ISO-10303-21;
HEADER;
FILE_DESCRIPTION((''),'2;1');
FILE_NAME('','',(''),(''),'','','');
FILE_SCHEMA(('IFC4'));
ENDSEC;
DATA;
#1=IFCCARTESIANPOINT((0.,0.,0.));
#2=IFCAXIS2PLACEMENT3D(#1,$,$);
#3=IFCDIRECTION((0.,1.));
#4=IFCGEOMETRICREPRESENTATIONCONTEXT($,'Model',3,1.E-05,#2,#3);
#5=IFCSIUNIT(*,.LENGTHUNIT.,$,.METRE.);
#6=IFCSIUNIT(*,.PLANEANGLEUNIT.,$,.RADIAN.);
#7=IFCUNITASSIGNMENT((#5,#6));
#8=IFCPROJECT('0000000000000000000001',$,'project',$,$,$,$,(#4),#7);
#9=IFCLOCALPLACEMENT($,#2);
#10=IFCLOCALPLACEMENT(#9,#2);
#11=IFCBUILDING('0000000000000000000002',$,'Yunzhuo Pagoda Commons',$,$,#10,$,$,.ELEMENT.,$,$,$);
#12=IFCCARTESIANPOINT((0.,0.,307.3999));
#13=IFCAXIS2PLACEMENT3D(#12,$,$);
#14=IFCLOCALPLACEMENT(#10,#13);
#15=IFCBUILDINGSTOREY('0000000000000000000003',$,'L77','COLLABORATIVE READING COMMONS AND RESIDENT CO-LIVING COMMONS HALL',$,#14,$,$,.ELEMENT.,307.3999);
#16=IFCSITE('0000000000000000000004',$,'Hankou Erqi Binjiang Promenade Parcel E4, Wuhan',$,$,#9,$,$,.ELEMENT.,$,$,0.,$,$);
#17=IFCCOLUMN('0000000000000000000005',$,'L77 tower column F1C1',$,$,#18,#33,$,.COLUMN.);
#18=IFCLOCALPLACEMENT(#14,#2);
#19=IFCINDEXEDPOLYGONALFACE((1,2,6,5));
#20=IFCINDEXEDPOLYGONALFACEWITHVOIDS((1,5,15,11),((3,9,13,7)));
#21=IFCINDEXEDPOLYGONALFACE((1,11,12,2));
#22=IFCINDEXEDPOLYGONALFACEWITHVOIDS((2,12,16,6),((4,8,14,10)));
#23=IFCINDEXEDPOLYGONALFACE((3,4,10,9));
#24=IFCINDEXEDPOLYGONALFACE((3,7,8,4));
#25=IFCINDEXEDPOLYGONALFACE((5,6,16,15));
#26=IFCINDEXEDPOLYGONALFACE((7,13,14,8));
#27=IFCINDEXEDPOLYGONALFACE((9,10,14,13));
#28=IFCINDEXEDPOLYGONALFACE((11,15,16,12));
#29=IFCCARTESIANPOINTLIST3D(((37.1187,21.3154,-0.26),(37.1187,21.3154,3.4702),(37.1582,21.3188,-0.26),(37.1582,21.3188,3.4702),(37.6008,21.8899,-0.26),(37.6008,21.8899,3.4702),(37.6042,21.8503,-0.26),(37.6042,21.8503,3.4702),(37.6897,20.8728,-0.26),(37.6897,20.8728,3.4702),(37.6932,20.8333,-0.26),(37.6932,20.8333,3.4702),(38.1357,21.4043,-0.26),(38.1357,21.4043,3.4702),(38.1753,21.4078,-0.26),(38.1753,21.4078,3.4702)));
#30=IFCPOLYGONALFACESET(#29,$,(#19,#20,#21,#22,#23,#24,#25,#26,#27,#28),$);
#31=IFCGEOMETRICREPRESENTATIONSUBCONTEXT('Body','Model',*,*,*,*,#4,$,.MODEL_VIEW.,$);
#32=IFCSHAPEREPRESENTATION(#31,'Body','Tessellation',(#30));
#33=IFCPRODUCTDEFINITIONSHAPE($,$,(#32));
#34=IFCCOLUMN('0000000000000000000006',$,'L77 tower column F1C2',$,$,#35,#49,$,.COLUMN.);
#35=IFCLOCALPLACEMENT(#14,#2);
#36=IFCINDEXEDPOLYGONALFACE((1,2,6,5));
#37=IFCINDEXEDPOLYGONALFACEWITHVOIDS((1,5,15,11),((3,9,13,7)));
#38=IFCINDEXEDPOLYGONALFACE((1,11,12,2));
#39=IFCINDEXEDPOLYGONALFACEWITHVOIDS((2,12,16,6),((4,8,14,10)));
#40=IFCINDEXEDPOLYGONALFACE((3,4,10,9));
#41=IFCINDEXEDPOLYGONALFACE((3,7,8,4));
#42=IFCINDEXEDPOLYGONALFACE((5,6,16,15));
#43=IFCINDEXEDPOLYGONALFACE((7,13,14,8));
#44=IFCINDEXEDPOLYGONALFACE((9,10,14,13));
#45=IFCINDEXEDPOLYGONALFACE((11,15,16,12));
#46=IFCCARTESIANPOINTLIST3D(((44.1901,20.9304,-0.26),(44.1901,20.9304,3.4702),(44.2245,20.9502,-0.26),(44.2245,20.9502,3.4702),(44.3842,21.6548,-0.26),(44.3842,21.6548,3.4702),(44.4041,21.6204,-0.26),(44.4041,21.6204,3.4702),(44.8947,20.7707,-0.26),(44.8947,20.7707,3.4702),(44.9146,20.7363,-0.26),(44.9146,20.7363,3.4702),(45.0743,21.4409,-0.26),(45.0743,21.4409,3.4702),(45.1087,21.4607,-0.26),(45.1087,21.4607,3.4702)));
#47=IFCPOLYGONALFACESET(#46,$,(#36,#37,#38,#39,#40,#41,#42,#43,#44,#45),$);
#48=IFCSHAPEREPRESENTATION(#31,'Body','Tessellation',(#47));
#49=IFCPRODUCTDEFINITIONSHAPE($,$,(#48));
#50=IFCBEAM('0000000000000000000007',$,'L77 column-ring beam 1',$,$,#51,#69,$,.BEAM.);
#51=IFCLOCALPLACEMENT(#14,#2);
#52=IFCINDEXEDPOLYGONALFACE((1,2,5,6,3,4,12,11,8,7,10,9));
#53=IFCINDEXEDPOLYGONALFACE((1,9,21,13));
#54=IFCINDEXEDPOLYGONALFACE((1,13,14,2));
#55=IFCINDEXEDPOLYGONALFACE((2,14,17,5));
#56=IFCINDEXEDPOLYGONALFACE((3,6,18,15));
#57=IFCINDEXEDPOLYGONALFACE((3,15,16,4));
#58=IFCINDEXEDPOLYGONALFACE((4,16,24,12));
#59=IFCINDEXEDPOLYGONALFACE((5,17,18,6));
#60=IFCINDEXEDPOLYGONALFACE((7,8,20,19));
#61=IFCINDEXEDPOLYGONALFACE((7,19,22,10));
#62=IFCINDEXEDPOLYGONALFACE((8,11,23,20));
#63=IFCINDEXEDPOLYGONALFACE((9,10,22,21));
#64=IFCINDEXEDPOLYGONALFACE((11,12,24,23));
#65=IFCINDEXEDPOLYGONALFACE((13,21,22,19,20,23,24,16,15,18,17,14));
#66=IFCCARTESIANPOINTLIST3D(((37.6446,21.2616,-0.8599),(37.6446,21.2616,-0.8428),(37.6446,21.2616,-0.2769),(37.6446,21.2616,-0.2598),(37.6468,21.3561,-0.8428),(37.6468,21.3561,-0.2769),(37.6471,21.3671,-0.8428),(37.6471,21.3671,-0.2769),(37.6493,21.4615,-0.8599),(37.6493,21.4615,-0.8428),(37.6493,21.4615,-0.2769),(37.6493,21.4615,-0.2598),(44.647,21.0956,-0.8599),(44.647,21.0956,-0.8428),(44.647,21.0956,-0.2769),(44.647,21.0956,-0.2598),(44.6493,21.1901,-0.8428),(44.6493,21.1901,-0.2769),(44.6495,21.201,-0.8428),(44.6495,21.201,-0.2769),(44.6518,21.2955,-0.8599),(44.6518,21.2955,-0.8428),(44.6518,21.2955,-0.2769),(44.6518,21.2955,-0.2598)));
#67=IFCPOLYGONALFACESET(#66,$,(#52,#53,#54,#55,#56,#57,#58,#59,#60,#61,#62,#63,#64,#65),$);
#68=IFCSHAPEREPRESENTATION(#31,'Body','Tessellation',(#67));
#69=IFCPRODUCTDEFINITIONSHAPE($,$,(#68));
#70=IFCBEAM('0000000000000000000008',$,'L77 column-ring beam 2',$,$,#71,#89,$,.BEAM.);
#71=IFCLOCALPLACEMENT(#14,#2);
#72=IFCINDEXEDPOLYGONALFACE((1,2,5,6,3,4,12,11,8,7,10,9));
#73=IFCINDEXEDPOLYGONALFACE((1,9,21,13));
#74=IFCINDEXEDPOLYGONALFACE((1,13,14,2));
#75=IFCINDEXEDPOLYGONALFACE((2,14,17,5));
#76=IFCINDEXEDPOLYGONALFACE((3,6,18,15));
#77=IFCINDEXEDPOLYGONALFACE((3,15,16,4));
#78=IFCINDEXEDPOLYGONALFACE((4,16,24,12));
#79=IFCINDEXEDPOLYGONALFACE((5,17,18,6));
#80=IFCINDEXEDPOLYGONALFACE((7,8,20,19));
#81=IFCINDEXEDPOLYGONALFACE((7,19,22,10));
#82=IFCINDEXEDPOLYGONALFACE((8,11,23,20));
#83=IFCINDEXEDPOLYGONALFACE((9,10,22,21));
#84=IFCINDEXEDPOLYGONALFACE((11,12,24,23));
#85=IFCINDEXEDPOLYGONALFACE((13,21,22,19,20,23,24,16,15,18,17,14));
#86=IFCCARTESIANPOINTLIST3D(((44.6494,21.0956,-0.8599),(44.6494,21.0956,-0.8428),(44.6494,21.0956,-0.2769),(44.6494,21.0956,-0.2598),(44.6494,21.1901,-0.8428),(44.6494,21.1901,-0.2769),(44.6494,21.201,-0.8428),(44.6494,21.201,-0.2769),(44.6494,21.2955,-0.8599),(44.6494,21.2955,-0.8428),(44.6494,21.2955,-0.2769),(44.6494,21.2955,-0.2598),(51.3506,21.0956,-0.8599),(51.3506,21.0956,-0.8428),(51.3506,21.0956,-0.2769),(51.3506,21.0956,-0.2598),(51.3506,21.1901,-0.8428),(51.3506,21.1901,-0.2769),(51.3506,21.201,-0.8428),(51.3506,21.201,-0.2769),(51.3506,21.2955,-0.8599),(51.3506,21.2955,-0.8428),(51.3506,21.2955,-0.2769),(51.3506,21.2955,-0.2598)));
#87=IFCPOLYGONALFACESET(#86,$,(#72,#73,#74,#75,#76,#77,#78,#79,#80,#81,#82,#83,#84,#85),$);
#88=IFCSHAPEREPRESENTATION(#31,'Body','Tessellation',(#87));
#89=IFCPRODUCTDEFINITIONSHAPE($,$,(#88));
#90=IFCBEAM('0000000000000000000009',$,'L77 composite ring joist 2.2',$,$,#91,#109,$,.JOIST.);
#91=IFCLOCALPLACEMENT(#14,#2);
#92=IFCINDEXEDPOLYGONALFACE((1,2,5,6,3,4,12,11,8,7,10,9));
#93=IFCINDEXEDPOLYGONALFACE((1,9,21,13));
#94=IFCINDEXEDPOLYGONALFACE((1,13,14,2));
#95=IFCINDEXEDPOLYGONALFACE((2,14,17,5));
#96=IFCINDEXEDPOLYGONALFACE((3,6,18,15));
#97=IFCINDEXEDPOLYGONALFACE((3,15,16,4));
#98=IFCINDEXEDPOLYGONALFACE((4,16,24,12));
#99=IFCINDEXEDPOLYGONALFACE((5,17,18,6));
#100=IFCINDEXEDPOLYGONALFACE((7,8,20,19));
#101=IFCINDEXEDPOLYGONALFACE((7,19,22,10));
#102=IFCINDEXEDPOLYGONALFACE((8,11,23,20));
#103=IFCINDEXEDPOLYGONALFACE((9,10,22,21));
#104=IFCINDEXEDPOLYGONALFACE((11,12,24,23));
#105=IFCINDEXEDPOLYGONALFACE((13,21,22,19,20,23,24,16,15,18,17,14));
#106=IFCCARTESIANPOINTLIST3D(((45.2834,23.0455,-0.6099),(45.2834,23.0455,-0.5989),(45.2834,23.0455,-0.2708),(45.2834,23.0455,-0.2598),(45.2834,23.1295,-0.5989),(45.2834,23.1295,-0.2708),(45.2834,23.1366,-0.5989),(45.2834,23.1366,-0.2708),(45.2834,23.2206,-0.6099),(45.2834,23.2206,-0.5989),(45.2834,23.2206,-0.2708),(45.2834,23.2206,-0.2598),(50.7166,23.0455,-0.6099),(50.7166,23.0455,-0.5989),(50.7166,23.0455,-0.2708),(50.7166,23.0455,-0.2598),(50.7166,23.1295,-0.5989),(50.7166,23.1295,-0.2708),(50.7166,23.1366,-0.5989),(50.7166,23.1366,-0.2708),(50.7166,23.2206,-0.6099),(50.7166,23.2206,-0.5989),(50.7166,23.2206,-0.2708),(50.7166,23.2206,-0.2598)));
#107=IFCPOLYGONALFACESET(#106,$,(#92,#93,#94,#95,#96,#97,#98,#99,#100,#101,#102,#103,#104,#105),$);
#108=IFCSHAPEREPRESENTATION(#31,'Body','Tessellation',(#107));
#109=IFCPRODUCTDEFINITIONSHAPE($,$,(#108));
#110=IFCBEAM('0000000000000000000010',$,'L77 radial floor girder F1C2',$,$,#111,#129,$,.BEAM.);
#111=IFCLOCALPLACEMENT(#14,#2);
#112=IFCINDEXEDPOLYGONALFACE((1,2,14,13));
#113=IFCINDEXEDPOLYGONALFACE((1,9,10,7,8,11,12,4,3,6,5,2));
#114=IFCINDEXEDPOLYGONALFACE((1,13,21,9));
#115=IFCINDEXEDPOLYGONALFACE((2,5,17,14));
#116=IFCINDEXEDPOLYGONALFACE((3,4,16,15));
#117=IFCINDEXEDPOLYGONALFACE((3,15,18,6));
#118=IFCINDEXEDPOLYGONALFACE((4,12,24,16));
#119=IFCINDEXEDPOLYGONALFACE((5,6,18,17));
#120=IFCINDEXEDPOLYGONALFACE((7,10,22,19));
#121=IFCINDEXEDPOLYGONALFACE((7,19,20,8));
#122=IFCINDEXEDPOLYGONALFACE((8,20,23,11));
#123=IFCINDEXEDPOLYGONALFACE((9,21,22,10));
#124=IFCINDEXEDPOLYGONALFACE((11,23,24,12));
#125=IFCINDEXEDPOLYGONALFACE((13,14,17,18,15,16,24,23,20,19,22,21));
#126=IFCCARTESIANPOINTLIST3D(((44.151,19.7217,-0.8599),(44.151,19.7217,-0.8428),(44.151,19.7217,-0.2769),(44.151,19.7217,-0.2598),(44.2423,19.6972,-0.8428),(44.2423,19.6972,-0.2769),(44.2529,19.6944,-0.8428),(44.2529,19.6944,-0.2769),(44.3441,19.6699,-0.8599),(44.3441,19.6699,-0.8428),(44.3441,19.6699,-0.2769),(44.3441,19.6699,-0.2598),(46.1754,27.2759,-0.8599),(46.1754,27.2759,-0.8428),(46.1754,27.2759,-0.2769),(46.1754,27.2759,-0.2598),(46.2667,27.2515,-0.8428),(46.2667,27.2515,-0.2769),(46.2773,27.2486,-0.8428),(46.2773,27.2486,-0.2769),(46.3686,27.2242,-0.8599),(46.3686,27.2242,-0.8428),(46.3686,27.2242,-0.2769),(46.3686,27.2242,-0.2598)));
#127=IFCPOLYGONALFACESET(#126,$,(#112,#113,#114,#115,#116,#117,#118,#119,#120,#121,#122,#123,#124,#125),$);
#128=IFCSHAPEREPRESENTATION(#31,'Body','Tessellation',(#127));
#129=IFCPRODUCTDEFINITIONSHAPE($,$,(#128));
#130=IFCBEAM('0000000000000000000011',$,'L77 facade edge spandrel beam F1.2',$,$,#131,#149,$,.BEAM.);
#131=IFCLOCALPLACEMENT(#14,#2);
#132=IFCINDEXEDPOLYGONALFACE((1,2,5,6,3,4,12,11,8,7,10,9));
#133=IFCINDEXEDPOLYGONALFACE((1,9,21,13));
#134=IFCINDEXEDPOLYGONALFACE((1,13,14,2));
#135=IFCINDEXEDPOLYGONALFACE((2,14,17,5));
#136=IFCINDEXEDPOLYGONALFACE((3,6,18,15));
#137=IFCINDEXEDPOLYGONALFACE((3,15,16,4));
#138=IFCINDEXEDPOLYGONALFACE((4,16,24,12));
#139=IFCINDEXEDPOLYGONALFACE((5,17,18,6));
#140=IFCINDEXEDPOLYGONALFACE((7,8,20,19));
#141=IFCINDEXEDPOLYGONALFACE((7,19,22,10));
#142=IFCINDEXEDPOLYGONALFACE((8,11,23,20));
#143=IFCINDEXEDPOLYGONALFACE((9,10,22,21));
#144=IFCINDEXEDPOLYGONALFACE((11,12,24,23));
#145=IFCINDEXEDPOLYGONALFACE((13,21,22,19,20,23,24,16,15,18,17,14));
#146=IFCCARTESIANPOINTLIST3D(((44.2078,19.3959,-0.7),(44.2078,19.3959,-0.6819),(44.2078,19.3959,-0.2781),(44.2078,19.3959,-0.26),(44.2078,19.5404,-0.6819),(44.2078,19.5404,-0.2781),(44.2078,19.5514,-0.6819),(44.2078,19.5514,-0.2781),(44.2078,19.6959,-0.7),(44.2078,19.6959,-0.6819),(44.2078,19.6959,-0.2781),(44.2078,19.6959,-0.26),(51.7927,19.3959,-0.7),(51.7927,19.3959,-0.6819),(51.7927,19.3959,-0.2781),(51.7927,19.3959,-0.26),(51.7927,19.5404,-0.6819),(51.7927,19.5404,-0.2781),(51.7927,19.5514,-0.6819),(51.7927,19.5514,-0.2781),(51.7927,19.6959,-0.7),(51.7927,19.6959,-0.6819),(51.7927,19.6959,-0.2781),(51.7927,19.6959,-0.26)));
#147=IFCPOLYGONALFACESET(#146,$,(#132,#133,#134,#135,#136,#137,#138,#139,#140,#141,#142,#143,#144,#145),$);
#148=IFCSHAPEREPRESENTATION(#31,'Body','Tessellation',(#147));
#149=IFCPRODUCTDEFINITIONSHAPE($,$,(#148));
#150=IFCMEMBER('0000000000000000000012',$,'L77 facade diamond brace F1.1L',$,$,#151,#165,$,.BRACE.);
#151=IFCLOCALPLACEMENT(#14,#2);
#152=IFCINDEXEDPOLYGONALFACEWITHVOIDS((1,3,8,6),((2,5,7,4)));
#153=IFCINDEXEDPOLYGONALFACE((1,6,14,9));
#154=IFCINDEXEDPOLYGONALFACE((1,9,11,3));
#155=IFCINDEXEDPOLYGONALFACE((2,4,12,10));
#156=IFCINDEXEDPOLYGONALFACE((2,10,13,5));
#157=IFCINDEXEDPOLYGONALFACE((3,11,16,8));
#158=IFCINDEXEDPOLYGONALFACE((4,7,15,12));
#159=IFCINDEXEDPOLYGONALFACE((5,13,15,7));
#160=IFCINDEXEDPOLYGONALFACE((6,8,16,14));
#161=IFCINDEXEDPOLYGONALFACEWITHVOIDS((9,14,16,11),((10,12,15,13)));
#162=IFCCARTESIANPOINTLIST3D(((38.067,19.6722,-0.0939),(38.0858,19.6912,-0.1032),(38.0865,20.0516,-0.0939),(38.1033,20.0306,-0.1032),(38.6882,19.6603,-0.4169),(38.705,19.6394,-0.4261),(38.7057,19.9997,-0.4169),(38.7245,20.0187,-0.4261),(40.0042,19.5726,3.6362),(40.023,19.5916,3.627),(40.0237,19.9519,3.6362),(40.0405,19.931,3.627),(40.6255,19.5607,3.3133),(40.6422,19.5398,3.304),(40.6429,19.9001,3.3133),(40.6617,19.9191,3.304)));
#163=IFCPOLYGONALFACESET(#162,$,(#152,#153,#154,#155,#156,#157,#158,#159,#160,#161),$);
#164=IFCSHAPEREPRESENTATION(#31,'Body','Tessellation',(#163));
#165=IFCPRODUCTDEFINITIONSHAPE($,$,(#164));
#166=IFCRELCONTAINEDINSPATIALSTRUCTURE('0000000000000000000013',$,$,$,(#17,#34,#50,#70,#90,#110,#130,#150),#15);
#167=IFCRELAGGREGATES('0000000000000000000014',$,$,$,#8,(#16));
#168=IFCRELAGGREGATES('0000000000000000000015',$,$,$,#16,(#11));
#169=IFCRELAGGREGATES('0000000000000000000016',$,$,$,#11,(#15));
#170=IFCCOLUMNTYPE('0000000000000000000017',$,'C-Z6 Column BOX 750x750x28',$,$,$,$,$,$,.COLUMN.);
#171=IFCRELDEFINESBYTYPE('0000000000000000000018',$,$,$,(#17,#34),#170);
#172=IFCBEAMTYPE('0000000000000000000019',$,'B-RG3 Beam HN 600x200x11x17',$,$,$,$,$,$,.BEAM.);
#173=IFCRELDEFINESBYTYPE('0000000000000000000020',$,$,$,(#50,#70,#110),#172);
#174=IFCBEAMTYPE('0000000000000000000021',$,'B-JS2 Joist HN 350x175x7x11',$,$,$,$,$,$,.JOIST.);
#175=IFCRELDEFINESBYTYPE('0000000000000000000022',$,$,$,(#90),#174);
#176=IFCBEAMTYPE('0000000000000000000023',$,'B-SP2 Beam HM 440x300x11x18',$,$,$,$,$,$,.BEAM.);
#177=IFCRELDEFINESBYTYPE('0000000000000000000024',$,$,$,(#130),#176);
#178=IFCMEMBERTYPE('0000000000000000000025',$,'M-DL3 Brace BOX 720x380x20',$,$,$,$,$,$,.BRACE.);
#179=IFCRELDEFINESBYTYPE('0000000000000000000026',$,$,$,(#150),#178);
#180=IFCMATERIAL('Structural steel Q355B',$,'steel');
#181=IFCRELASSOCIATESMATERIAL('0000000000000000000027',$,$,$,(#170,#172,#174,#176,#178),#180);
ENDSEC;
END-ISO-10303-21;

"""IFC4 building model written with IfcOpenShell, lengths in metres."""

from ifc_helpers import new_model, si_unit, direction, frame, origin, origin_2d, place, context, subcontext, project, spatial, hollow_rectangle, i_section, extrude, source, transform, mapped, material, material_profile, profile_set, type_object, element, save


model = new_model("IFC4")

# Units and contexts
model_context = context("Model", 3, precision=1e-05, world=origin(), true_north=direction((0.0, 1.0)))
body_context = subcontext(model_context, "Body", "Model", "MODEL_VIEW")
ifc_project = project(units=[si_unit("LENGTHUNIT", "METRE"), si_unit("PLANEANGLEUNIT", "RADIAN")], contexts=[model_context])

# Site, building, storey
site_placement = place(None, origin())
site = spatial("IfcSite", under=ifc_project, at=site_placement, Name="Hankou Erqi Binjiang Promenade Parcel E4, Wuhan", CompositionType="ELEMENT", RefElevation=0.0)
building_placement = place(site_placement, origin())
building = spatial("IfcBuilding", under=site, at=building_placement, Name="Yunzhuo Pagoda Commons", CompositionType="ELEMENT")
storey_placement = place(building_placement, frame((0.0, 0.0, 307.3999)))
storey = spatial("IfcBuildingStorey", under=building, at=storey_placement, Name="L77", Description="COLLABORATIVE READING COMMONS AND RESIDENT CO-LIVING COMMONS HALL", CompositionType="ELEMENT", Elevation=307.3999)

# Columns
ifc_material_1 = material(Name="Structural steel Q355B", Category="steel")
ifc_material_profile_1 = material_profile(ifc_material_1, hollow_rectangle(XDim=0.75, YDim=0.75, WallThickness=0.0281, at=origin_2d()), Name="Structural steel Q355B")
ifc_profile_set_1 = profile_set([ifc_material_profile_1], Name="Structural steel Q355B")
column_type = type_object("IfcColumnType", Name="C-Z6 Column BOX 750x750x28", PredefinedType="COLUMN", material=ifc_profile_set_1)
shared_shape_1 = source(origin(), body_context, "Body", "SweptSolid", [
    extrude(hollow_rectangle(XDim=0.75, YDim=0.75, WallThickness=0.0281, at=origin_2d()), origin(), (0.0, 0.0, 1.0), 3.7302),
])
for number, where, z_axis, x_axis, name in (
    (1, (37.647, 21.3616, -0.26), (0.0, 0.0, 1.0), (0.766044, -0.642788, 0.0), "L77 tower column F1C1"),
    (2, (44.6494, 21.1956, -0.26), (0.0, 0.0, 1.0), (0.965926, -0.258819, 0.0), "L77 tower column F1C2"),
):
    element("IfcColumn", number, at=place(storey_placement, frame(where, z_axis=z_axis, x_axis=x_axis)), inside=storey, type_object=column_type, Name=name, PredefinedType="COLUMN", context=body_context, shape_type="MappedRepresentation", body=[
        mapped(shared_shape_1, transform((0.0, 0.0, 0.0), scale=1.0)),
    ])

# Beams
ifc_material_profile_2 = material_profile(ifc_material_1, i_section(OverallWidth=0.2, OverallDepth=0.6001, WebThickness=0.011, FlangeThickness=0.0171, at=origin_2d()), Name="Structural steel Q355B")
ifc_profile_set_2 = profile_set([ifc_material_profile_2], Name="Structural steel Q355B")
beam_type_1 = type_object("IfcBeamType", Name="B-RG3 Beam HN 600x200x11x17", PredefinedType="BEAM", material=ifc_profile_set_2)
shared_shape_2 = source(origin(), body_context, "Body", "SweptSolid", [
    extrude(i_section(OverallWidth=0.2, OverallDepth=0.6001, WebThickness=0.011, FlangeThickness=0.0171, at=origin_2d()), origin(), (0.0, 0.0, 1.0), 7.0044),
])
beam_1_placement = place(storey_placement, frame((37.647, 21.3616, -0.5598), z_axis=(0.999719, -0.023702, 0.0), x_axis=(0.023702, 0.999719, 0.0)))
element("IfcBeam", 3, at=beam_1_placement, inside=storey, type_object=beam_type_1, Name="L77 column-ring beam 1", PredefinedType="BEAM", context=body_context, shape_type="MappedRepresentation", body=[
    mapped(shared_shape_2, transform((0.0, 0.0, 0.0), scale=1.0)),
])
shared_shape_3 = source(origin(), body_context, "Body", "SweptSolid", [
    extrude(i_section(OverallWidth=0.2, OverallDepth=0.6001, WebThickness=0.011, FlangeThickness=0.0171, at=origin_2d()), origin(), (0.0, 0.0, 1.0), 6.7012),
])
beam_2_placement = place(storey_placement, frame((44.6494, 21.1956, -0.5598), z_axis=(1.0, 0.0, 0.0), x_axis=(0.0, 1.0, 0.0)))
element("IfcBeam", 4, at=beam_2_placement, inside=storey, type_object=beam_type_1, Name="L77 column-ring beam 2", PredefinedType="BEAM", context=body_context, shape_type="MappedRepresentation", body=[
    mapped(shared_shape_3, transform((0.0, 0.0, 0.0), scale=1.0)),
])
ifc_material_profile_3 = material_profile(ifc_material_1, i_section(OverallWidth=0.175, OverallDepth=0.3501, WebThickness=0.0071, FlangeThickness=0.011, at=origin_2d()), Name="Structural steel Q355B")
ifc_profile_set_3 = profile_set([ifc_material_profile_3], Name="Structural steel Q355B")
beam_type_2 = type_object("IfcBeamType", Name="B-JS2 Joist HN 350x175x7x11", PredefinedType="JOIST", material=ifc_profile_set_3)
shared_shape_4 = source(origin(), body_context, "Body", "SweptSolid", [
    extrude(i_section(OverallWidth=0.175, OverallDepth=0.3501, WebThickness=0.0071, FlangeThickness=0.011, at=origin_2d()), origin(), (0.0, 0.0, 1.0), 5.4331),
])
beam_3_placement = place(storey_placement, frame((45.2834, 23.1331, -0.4348), z_axis=(1.0, 0.0, 0.0), x_axis=(0.0, 1.0, 0.0)))
element("IfcBeam", 5, at=beam_3_placement, inside=storey, type_object=beam_type_2, Name="L77 composite ring joist 2.2", PredefinedType="JOIST", context=body_context, shape_type="MappedRepresentation", body=[
    mapped(shared_shape_4, transform((0.0, 0.0, 0.0), scale=1.0)),
])
shared_shape_5 = source(origin(), body_context, "Body", "SweptSolid", [
    extrude(i_section(OverallWidth=0.2, OverallDepth=0.6001, WebThickness=0.011, FlangeThickness=0.0171, at=origin_2d()), origin(), (0.0, 0.0, 1.0), 7.8208),
])
beam_4_placement = place(storey_placement, frame((44.2476, 19.6958, -0.5598), z_axis=(0.258852, 0.965917, 0.0), x_axis=(-0.965917, 0.258852, 0.0)))
element("IfcBeam", 6, at=beam_4_placement, inside=storey, type_object=beam_type_1, Name="L77 radial floor girder F1C2", PredefinedType="BEAM", context=body_context, shape_type="MappedRepresentation", body=[
    mapped(shared_shape_5, transform((0.0, 0.0, 0.0), scale=1.0)),
])
ifc_material_profile_4 = material_profile(ifc_material_1, i_section(OverallWidth=0.3, OverallDepth=0.4399, WebThickness=0.011, FlangeThickness=0.0181, at=origin_2d()), Name="Structural steel Q355B")
ifc_profile_set_4 = profile_set([ifc_material_profile_4], Name="Structural steel Q355B")
beam_type_3 = type_object("IfcBeamType", Name="B-SP2 Beam HM 440x300x11x18", PredefinedType="BEAM", material=ifc_profile_set_4)
shared_shape_6 = source(origin(), body_context, "Body", "SweptSolid", [
    extrude(i_section(OverallWidth=0.3, OverallDepth=0.4399, WebThickness=0.011, FlangeThickness=0.0181, at=origin_2d()), origin(), (0.0, 0.0, 1.0), 7.585),
])
beam_5_placement = place(storey_placement, frame((44.2078, 19.5459, -0.48), z_axis=(1.0, 0.0, 0.0), x_axis=(0.0, 1.0, 0.0)))
element("IfcBeam", 7, at=beam_5_placement, inside=storey, type_object=beam_type_3, Name="L77 facade edge spandrel beam F1.2", PredefinedType="BEAM", context=body_context, shape_type="MappedRepresentation", body=[
    mapped(shared_shape_6, transform((0.0, 0.0, 0.0), scale=1.0)),
])

# Member
ifc_material_profile_5 = material_profile(ifc_material_1, hollow_rectangle(XDim=0.3799, YDim=0.72, WallThickness=0.02, at=origin_2d()), Name="Structural steel Q355B")
ifc_profile_set_5 = profile_set([ifc_material_profile_5], Name="Structural steel Q355B")
member_type_1 = type_object("IfcMemberType", Name="M-DL3 Brace BOX 720x380x20", PredefinedType="BRACE", material=ifc_profile_set_5)
shared_shape_7 = source(origin(), body_context, "Body", "SweptSolid", [
    extrude(hollow_rectangle(XDim=0.3799, YDim=0.72, WallThickness=0.02, at=origin_2d()), origin(), (0.0, 0.0, 1.0), 4.2043),
])
member_1_placement = place(storey_placement, frame((38.3958, 19.8455, -0.26), z_axis=(0.460762, -0.023691, 0.887207), x_axis=(0.05135, 0.998681, 0.0)))
element("IfcMember", 8, at=member_1_placement, inside=storey, type_object=member_type_1, Name="L77 facade diamond brace F1.1L", PredefinedType="BRACE", context=body_context, shape_type="MappedRepresentation", body=[
    mapped(shared_shape_7, transform((0.0, 0.0, 0.0), scale=1.0)),
])

save(model, "model.ifc")
